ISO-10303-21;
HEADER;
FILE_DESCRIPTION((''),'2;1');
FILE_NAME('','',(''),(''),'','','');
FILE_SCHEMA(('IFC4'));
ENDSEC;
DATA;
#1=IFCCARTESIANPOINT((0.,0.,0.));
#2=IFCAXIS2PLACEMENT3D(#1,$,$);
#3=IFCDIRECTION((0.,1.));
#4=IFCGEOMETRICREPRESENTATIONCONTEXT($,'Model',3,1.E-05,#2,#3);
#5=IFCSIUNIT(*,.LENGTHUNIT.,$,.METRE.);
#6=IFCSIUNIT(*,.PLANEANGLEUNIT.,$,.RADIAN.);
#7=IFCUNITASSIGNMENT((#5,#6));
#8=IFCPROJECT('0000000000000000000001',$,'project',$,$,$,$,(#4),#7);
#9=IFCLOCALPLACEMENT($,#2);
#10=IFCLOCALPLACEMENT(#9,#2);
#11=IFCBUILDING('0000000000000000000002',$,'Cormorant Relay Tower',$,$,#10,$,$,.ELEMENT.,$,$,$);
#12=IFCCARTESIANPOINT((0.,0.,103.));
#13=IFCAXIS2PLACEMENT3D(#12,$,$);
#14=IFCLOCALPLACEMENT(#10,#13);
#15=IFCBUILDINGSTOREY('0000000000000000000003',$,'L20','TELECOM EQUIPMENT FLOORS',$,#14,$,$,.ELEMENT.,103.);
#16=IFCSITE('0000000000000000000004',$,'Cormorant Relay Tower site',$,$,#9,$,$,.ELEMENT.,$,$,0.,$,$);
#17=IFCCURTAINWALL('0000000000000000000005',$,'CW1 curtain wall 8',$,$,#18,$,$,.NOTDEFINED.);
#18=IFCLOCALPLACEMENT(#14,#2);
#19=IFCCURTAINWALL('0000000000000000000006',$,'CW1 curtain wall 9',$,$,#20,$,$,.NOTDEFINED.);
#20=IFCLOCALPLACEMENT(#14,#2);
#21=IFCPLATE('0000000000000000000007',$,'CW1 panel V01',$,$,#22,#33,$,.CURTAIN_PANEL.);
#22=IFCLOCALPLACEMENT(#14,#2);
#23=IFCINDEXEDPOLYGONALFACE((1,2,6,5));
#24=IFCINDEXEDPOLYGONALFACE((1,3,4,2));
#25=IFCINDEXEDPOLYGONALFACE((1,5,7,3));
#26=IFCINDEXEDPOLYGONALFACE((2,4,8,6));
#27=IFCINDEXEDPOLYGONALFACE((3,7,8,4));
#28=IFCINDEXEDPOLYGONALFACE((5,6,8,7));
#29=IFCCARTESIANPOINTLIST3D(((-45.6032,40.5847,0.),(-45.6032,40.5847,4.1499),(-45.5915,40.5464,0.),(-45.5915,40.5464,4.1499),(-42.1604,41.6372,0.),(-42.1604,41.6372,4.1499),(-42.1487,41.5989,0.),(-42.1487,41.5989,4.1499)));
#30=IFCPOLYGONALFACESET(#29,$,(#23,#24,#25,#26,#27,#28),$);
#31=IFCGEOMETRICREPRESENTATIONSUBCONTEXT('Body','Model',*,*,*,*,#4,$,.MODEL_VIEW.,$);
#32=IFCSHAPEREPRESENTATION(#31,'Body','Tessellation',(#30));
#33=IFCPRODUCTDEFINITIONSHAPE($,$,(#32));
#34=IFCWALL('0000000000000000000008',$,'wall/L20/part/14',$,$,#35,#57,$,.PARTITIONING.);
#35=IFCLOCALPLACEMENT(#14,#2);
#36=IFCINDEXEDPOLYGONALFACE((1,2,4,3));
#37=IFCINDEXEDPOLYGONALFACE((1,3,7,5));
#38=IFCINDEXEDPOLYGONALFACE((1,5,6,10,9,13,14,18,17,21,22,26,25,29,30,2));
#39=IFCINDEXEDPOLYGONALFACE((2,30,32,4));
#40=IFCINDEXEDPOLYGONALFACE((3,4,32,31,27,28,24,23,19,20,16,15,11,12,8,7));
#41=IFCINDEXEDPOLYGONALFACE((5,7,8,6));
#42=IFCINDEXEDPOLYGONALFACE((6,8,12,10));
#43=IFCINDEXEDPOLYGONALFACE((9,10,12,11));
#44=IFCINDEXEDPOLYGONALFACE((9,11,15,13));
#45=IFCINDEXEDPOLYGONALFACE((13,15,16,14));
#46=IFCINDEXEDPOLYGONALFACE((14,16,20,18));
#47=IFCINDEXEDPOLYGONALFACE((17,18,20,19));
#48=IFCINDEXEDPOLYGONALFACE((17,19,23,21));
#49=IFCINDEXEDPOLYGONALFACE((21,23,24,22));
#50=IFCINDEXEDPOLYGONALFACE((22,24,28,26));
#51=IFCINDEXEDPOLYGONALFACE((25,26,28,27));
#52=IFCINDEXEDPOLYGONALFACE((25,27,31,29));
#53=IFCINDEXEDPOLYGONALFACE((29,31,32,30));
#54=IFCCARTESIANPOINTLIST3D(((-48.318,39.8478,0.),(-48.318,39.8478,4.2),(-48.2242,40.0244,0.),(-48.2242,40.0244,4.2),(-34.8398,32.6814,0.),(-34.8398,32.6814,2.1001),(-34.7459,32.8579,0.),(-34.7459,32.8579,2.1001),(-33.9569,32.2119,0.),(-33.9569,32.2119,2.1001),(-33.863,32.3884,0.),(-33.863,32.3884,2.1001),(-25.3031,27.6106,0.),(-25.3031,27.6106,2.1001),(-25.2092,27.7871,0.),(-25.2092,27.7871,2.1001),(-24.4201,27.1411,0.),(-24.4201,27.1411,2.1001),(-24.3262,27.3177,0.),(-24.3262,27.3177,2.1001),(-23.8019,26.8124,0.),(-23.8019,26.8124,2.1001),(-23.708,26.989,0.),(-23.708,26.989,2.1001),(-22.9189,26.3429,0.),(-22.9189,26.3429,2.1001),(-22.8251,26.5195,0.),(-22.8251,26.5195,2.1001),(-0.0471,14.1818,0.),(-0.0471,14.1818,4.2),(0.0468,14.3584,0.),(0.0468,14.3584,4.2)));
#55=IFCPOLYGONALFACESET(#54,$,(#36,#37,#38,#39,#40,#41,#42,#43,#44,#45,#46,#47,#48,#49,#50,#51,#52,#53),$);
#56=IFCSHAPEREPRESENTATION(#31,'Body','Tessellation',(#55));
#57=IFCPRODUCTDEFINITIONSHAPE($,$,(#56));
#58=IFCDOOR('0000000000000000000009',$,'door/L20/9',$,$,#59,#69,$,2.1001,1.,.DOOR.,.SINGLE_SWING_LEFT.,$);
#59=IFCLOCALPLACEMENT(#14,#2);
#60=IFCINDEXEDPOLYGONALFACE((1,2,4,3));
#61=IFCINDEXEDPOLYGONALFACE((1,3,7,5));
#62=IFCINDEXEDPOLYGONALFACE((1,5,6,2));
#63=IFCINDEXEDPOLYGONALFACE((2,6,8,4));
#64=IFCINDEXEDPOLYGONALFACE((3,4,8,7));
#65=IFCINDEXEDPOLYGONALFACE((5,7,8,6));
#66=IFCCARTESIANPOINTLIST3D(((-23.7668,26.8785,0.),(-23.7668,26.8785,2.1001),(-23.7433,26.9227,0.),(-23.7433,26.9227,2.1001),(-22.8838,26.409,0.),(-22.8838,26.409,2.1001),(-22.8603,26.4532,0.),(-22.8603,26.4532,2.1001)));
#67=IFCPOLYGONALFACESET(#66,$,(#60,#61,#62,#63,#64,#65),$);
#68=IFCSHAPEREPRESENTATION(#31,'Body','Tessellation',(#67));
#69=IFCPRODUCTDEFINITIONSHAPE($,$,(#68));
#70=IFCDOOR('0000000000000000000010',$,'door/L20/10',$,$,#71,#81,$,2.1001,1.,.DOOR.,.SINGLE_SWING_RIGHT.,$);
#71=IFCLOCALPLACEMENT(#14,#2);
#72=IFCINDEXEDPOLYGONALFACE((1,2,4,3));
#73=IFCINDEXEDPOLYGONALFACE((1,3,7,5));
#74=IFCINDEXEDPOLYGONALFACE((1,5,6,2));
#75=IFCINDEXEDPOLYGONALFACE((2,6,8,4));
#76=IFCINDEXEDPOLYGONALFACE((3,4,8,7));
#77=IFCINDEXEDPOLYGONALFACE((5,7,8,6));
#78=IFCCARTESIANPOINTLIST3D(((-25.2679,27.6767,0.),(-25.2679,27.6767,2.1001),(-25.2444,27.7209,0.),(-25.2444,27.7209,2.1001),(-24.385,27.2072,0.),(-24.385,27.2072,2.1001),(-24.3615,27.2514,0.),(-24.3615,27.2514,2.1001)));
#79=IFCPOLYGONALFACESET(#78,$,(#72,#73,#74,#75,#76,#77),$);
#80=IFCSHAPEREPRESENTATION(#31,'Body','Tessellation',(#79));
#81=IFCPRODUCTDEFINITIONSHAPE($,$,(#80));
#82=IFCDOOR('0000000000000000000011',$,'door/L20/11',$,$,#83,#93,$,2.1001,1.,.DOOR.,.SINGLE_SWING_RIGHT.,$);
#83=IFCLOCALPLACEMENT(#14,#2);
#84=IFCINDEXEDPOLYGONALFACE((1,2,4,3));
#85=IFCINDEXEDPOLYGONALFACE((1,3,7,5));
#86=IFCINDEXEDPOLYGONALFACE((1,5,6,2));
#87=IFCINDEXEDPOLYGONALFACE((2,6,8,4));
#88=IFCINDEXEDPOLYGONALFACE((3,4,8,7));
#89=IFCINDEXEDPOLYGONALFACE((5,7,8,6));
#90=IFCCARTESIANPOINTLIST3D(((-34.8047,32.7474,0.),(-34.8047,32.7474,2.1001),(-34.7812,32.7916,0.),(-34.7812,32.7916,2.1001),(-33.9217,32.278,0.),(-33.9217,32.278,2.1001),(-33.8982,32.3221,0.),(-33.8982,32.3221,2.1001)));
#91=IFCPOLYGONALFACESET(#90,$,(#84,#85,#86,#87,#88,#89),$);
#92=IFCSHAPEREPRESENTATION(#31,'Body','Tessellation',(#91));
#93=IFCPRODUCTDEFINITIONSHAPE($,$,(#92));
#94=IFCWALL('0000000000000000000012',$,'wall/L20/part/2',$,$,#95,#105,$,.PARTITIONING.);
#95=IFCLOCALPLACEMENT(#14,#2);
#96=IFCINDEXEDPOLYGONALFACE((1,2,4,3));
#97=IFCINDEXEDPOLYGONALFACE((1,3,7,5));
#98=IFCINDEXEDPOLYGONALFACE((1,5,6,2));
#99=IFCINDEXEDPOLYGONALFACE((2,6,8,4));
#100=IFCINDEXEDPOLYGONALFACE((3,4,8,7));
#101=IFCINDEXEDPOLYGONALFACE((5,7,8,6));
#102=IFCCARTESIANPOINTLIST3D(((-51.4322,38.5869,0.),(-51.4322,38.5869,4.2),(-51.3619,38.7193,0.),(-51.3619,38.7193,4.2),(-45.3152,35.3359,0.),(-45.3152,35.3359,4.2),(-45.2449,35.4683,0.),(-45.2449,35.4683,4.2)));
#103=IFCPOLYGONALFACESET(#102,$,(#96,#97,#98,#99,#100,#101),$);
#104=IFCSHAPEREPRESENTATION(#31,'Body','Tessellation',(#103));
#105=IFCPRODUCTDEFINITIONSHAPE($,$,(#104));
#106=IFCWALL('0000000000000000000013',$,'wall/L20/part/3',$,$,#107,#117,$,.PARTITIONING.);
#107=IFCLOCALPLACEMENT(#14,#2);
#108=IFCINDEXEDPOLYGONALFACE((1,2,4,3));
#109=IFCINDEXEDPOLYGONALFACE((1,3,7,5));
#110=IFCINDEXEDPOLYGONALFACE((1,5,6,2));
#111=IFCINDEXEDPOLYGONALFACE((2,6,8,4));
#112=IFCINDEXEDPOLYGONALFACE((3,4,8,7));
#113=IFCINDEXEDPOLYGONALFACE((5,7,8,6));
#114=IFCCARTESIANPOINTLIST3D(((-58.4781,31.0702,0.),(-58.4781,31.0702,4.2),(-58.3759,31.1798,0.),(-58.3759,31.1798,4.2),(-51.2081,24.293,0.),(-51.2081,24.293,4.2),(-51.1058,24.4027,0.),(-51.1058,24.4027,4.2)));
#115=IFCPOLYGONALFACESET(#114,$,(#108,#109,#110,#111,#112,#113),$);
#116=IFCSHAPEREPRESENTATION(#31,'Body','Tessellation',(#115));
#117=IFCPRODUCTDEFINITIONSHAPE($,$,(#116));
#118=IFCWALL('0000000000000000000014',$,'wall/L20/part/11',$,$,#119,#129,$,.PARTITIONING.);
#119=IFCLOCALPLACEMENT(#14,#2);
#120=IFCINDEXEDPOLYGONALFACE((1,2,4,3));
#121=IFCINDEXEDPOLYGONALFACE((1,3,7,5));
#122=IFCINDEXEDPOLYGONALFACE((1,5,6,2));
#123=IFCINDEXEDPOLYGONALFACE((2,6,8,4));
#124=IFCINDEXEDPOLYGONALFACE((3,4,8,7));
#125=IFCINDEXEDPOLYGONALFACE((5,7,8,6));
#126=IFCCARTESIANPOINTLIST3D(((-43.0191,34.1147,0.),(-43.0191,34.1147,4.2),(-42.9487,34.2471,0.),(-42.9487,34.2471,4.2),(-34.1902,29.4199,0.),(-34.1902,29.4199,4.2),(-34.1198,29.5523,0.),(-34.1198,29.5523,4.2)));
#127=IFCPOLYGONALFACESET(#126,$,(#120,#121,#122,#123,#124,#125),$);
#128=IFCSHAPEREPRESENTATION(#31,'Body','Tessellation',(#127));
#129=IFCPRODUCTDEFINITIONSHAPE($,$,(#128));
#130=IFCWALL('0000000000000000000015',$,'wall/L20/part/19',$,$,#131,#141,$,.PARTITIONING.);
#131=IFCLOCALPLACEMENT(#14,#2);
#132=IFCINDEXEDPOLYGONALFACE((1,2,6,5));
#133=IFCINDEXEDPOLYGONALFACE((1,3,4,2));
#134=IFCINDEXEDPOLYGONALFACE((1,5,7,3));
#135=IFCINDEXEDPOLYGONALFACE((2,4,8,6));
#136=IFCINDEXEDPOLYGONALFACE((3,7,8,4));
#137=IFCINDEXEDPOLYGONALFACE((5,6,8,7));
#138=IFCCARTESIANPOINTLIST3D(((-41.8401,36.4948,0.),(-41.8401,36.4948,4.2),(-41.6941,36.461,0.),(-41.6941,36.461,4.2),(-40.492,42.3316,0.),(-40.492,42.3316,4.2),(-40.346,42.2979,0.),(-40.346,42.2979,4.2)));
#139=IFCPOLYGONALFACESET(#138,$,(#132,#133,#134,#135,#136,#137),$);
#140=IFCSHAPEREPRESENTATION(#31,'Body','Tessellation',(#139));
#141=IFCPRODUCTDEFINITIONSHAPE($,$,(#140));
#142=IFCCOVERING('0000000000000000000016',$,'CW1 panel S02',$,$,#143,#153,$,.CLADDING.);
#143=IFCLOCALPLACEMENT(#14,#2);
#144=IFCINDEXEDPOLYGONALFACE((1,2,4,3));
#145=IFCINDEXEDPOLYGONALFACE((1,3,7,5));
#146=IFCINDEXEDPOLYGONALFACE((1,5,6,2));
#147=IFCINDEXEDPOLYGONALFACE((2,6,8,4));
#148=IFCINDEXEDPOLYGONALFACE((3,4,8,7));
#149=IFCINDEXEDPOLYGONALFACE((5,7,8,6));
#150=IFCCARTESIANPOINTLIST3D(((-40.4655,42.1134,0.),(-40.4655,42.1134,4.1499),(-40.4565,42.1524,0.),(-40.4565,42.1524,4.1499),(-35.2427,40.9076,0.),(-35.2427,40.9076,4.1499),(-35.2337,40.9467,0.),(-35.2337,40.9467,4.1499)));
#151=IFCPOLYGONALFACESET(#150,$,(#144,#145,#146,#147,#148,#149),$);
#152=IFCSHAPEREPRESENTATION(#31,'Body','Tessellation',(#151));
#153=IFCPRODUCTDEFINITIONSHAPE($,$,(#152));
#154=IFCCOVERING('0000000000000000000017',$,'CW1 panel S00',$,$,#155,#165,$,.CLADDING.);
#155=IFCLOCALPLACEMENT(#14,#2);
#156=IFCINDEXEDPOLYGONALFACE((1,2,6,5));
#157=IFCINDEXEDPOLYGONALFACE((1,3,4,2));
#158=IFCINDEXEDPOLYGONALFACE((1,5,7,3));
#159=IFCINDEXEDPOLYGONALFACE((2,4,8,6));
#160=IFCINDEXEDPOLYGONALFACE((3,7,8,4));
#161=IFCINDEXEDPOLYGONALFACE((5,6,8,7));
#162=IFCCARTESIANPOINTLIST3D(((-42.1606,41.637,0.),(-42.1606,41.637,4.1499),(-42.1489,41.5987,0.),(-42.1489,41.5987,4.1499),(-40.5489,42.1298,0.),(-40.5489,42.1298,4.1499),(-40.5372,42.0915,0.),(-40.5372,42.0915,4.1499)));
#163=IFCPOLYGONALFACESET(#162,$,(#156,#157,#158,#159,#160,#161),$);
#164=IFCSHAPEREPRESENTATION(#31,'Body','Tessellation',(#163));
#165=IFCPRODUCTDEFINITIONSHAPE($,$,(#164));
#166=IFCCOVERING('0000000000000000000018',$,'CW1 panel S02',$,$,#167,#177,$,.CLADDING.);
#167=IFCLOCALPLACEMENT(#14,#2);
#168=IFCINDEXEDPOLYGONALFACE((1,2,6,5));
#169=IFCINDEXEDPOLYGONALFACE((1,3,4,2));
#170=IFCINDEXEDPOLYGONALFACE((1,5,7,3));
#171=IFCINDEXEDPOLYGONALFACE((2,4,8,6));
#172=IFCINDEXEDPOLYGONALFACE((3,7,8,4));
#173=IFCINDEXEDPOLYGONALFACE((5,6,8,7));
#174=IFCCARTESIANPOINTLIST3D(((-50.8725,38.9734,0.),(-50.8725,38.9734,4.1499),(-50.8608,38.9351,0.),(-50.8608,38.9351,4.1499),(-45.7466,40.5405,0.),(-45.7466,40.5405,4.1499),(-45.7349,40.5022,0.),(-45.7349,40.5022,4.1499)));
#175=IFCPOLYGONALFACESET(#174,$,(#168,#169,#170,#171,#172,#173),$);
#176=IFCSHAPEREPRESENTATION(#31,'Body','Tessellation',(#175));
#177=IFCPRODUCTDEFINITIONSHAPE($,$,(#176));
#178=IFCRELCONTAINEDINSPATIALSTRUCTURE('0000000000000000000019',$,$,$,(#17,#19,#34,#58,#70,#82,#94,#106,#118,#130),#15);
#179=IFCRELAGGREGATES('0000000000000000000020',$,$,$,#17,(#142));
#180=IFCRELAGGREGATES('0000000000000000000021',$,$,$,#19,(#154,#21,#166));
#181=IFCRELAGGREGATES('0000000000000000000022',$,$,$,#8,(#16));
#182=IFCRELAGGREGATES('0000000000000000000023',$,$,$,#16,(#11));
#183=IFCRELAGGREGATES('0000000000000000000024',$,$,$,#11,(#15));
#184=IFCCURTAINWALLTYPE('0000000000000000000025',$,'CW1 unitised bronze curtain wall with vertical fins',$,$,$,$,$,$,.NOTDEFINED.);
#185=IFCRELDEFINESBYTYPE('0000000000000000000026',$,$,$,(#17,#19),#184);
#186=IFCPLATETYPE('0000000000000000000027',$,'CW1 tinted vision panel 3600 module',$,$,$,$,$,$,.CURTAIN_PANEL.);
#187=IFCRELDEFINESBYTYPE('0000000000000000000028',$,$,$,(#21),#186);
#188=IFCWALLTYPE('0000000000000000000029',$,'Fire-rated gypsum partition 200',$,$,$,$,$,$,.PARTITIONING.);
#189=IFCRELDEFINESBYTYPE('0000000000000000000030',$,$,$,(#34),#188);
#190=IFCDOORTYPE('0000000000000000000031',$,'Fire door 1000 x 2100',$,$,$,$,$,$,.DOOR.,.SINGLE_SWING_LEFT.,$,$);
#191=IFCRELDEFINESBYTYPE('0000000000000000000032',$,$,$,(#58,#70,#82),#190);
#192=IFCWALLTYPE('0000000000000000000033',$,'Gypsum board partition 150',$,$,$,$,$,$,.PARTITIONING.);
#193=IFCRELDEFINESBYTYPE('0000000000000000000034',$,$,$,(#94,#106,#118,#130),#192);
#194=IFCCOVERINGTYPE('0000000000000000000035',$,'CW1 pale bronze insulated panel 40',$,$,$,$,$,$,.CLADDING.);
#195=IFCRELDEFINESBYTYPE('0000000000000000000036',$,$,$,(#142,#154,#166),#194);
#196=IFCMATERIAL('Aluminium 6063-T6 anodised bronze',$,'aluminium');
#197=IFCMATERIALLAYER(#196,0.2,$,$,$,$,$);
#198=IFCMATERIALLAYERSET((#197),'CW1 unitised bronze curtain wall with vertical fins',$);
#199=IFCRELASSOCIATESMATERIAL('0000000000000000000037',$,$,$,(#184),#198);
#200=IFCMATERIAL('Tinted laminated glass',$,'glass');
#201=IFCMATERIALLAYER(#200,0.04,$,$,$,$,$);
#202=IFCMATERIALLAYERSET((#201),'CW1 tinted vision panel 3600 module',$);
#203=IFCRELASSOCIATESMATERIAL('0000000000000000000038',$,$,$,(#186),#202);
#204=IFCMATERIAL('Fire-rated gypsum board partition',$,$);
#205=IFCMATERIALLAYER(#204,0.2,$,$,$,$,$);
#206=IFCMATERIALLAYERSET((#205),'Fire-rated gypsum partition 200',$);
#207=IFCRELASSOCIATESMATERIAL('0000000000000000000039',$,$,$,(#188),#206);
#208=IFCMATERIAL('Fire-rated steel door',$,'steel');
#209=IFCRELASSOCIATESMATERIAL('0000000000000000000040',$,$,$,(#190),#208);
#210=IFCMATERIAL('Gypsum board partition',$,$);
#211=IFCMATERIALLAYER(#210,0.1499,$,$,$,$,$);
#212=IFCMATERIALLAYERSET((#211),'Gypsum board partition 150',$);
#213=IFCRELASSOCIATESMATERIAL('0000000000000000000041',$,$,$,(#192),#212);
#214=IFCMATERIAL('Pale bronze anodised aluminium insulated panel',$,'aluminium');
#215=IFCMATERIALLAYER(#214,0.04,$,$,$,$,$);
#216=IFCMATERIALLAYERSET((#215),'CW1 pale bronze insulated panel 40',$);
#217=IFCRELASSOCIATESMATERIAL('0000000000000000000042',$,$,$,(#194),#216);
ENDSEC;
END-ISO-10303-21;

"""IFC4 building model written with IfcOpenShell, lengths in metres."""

from ifc_helpers import new_model, si_unit, direction, frame, frame_2d, origin, origin_2d, place, context, subcontext, project, spatial, rectangle, extrude, material, layer, layer_set, type_object, element, fill, aggregate, save


model = new_model("IFC4")

# Units and contexts
model_context = context("Model", 3, precision=1e-05, world=origin(), true_north=direction((0.0, 1.0)))
body_context = subcontext(model_context, "Body", "Model", "MODEL_VIEW")
ifc_project = project(units=[si_unit("LENGTHUNIT", "METRE"), si_unit("PLANEANGLEUNIT", "RADIAN")], contexts=[model_context])

# Site, building, storey
site_placement = place(None, origin())
site = spatial("IfcSite", under=ifc_project, at=site_placement, Name="Cormorant Relay Tower site", CompositionType="ELEMENT", RefElevation=0.0)
building_placement = place(site_placement, origin())
building = spatial("IfcBuilding", under=site, at=building_placement, Name="Cormorant Relay Tower", CompositionType="ELEMENT")
storey_placement = place(building_placement, frame((0.0, 0.0, 103.0)))
storey = spatial("IfcBuildingStorey", under=building, at=storey_placement, Name="L20", Description="TELECOM EQUIPMENT FLOORS", CompositionType="ELEMENT", Elevation=103.0)

# Curtain wall
ifc_material_1 = material(Name="Aluminium 6063-T6 anodised bronze", Category="aluminium")
ifc_layer_1 = layer(ifc_material_1, 0.2)
ifc_layer_set_1 = layer_set([ifc_layer_1], Name="CW1 unitised bronze curtain wall with vertical fins")
curtain_wall_type = type_object("IfcCurtainWallType", Name="CW1 unitised bronze curtain wall with vertical fins", PredefinedType="NOTDEFINED", material=ifc_layer_set_1)
curtain_wall_1_placement = place(storey_placement, origin())
curtain_wall_1 = element("IfcCurtainWall", 1, at=curtain_wall_1_placement, inside=storey, type_object=curtain_wall_type, Name="CW1 curtain wall 8", PredefinedType="NOTDEFINED")

# Curtain wall
curtain_wall_2_placement = place(storey_placement, origin())
curtain_wall_2 = element("IfcCurtainWall", 2, at=curtain_wall_2_placement, inside=storey, type_object=curtain_wall_type, Name="CW1 curtain wall 9", PredefinedType="NOTDEFINED")

# Plate
ifc_material_2 = material(Name="Tinted laminated glass", Category="glass")
ifc_layer_2 = layer(ifc_material_2, 0.04)
ifc_layer_set_2 = layer_set([ifc_layer_2], Name="CW1 tinted vision panel 3600 module")
plate_type_1 = type_object("IfcPlateType", Name="CW1 tinted vision panel 3600 module", PredefinedType="CURTAIN_PANEL", material=ifc_layer_set_2)
plate_1_placement = place(storey_placement, frame((-43.876, 41.0918, 0.0), z_axis=(0.0, 0.0, 1.0), x_axis=(-0.956305, -0.292372, 0.0)))
plate_1 = element("IfcPlate", 3, at=plate_1_placement, type_object=plate_type_1, Name="CW1 panel V01", PredefinedType="CURTAIN_PANEL", context=body_context, shape_type="SweptSolid", body=[
    extrude(rectangle(XDim=3.6001, YDim=0.04, at=origin_2d()), origin(), (0.0, 0.0, 1.0), 4.1499),
])

# Wall, openings, doors
ifc_material_3 = material(Name="Fire-rated gypsum board partition")
ifc_layer_3 = layer(ifc_material_3, 0.2)
ifc_layer_set_3 = layer_set([ifc_layer_3], Name="Fire-rated gypsum partition 200")
wall_type_1 = type_object("IfcWallType", Name="Fire-rated gypsum partition 200", PredefinedType="PARTITIONING", material=ifc_layer_set_3)
wall_1_placement = place(storey_placement, frame((-48.271, 39.936, 0.0), z_axis=(0.0, 0.0, 1.0), x_axis=(0.882949, -0.46947, 0.0)))
wall_1 = element("IfcWall", 4, at=wall_1_placement, inside=storey, type_object=wall_type_1, Name="wall/L20/part/14", PredefinedType="PARTITIONING", context=body_context, shape_type="SweptSolid", body=[
    extrude(rectangle(XDim=54.6702, YDim=0.2, at=frame_2d((27.335, 0.0))), origin(), (0.0, 0.0, 1.0), 4.2),
])
opening_1_placement = place(wall_1_placement, frame((27.7661, 0.0, 0.0)))
opening_1 = element("IfcOpeningElement", 5, at=opening_1_placement, cuts=wall_1, PredefinedType="OPENING", context=body_context, shape_type="SweptSolid", body=[
    extrude(rectangle(XDim=1.0, YDim=2.1001, at=frame_2d((0.5, 1.05))), frame((0.0, 0.1099, 0.0), z_axis=(0.0, -1.0, 0.0), x_axis=(1.0, 0.0, 0.0)), (0.0, 0.0, 1.0), 0.22),
])
opening_2_placement = place(wall_1_placement, frame((26.0659, 0.0, 0.0)))
opening_2 = element("IfcOpeningElement", 6, at=opening_2_placement, cuts=wall_1, PredefinedType="OPENING", context=body_context, shape_type="SweptSolid", body=[
    extrude(rectangle(XDim=1.0, YDim=2.1001, at=frame_2d((0.5, 1.05))), frame((0.0, 0.1099, 0.0), z_axis=(0.0, -1.0, 0.0), x_axis=(1.0, 0.0, 0.0)), (0.0, 0.0, 1.0), 0.22),
])
opening_3_placement = place(wall_1_placement, frame((15.2649, 0.0, 0.0)))
opening_3 = element("IfcOpeningElement", 7, at=opening_3_placement, cuts=wall_1, PredefinedType="OPENING", context=body_context, shape_type="SweptSolid", body=[
    extrude(rectangle(XDim=1.0, YDim=2.1001, at=frame_2d((0.5, 1.05))), frame((0.0, 0.1099, 0.0), z_axis=(0.0, -1.0, 0.0), x_axis=(1.0, 0.0, 0.0)), (0.0, 0.0, 1.0), 0.22),
])
ifc_material_4 = material(Name="Fire-rated steel door", Category="steel")
door_type = type_object("IfcDoorType", Name="Fire door 1000 x 2100", OperationType="SINGLE_SWING_LEFT", PredefinedType="DOOR", material=ifc_material_4)
door_1_placement = place(opening_1_placement, origin())
door_1 = element("IfcDoor", 8, at=door_1_placement, inside=storey, type_object=door_type, Name="door/L20/9", OperationType="SINGLE_SWING_LEFT", OverallHeight=2.1001, OverallWidth=1.0, PredefinedType="DOOR", context=body_context, shape_type="SweptSolid", body=[
    extrude(rectangle(XDim=1.0, YDim=2.1001, at=frame_2d((0.5, 1.05))), frame((0.0, 0.0249, 0.0), z_axis=(0.0, -1.0, 0.0), x_axis=(1.0, 0.0, 0.0)), (0.0, 0.0, 1.0), 0.05),
])
fill(opening_1, door_1)
door_2_placement = place(opening_2_placement, origin())
door_2 = element("IfcDoor", 9, at=door_2_placement, inside=storey, type_object=door_type, Name="door/L20/10", OperationType="SINGLE_SWING_RIGHT", OverallHeight=2.1001, OverallWidth=1.0, PredefinedType="DOOR", context=body_context, shape_type="SweptSolid", body=[
    extrude(rectangle(XDim=1.0, YDim=2.1001, at=frame_2d((0.5, 1.05))), frame((0.0, 0.0249, 0.0), z_axis=(0.0, -1.0, 0.0), x_axis=(1.0, 0.0, 0.0)), (0.0, 0.0, 1.0), 0.05),
])
fill(opening_2, door_2)
door_3_placement = place(opening_3_placement, origin())
door_3 = element("IfcDoor", 10, at=door_3_placement, inside=storey, type_object=door_type, Name="door/L20/11", OperationType="SINGLE_SWING_RIGHT", OverallHeight=2.1001, OverallWidth=1.0, PredefinedType="DOOR", context=body_context, shape_type="SweptSolid", body=[
    extrude(rectangle(XDim=1.0, YDim=2.1001, at=frame_2d((0.5, 1.05))), frame((0.0, 0.0249, 0.0), z_axis=(0.0, -1.0, 0.0), x_axis=(1.0, 0.0, 0.0)), (0.0, 0.0, 1.0), 0.05),
])
fill(opening_3, door_3)

# Walls
ifc_material_5 = material(Name="Gypsum board partition")
ifc_layer_4 = layer(ifc_material_5, 0.1499)
ifc_layer_set_4 = layer_set([ifc_layer_4], Name="Gypsum board partition 150")
wall_type_2 = type_object("IfcWallType", Name="Gypsum board partition 150", PredefinedType="PARTITIONING", material=ifc_layer_set_4)
wall_2_placement = place(storey_placement, frame((-45.28, 35.4021, 0.0), z_axis=(0.0, 0.0, 1.0), x_axis=(-0.883035, 0.469307, 0.0)))
element("IfcWall", 11, at=wall_2_placement, inside=storey, type_object=wall_type_2, Name="wall/L20/part/2", PredefinedType="PARTITIONING", context=body_context, shape_type="SweptSolid", body=[
    extrude(rectangle(XDim=6.9272, YDim=0.1499, at=frame_2d((3.4636, 0.0))), origin(), (0.0, 0.0, 1.0), 4.2),
])
wall_3_placement = place(storey_placement, frame((-58.427, 31.125, 0.0), z_axis=(0.0, 0.0, 1.0), x_axis=(0.731469, -0.681874, 0.0)))
element("IfcWall", 12, at=wall_3_placement, inside=storey, type_object=wall_type_2, Name="wall/L20/part/3", PredefinedType="PARTITIONING", context=body_context, shape_type="SweptSolid", body=[
    extrude(rectangle(XDim=9.939, YDim=0.1499, at=frame_2d((4.9695, 0.0))), origin(), (0.0, 0.0, 1.0), 4.2),
])
wall_4_placement = place(storey_placement, frame((-42.9839, 34.1809, 0.0), z_axis=(0.0, 0.0, 1.0), x_axis=(0.882929, -0.469506, 0.0)))
element("IfcWall", 13, at=wall_4_placement, inside=storey, type_object=wall_type_2, Name="wall/L20/part/11", PredefinedType="PARTITIONING", context=body_context, shape_type="SweptSolid", body=[
    extrude(rectangle(XDim=9.9995, YDim=0.1499, at=frame_2d((4.9998, 0.0))), origin(), (0.0, 0.0, 1.0), 4.2),
])
wall_5_placement = place(storey_placement, frame((-41.7671, 36.478, 0.0), z_axis=(0.0, 0.0, 1.0), x_axis=(0.225044, 0.974349, 0.0)))
element("IfcWall", 14, at=wall_5_placement, inside=storey, type_object=wall_type_2, Name="wall/L20/part/19", PredefinedType="PARTITIONING", context=body_context, shape_type="SweptSolid", body=[
    extrude(rectangle(XDim=5.9905, YDim=0.1499, at=frame_2d((2.9951, 0.0))), origin(), (0.0, 0.0, 1.0), 4.2),
])

# Coverings
ifc_material_6 = material(Name="Pale bronze anodised aluminium insulated panel", Category="aluminium")
ifc_layer_5 = layer(ifc_material_6, 0.04)
ifc_layer_set_5 = layer_set([ifc_layer_5], Name="CW1 pale bronze insulated panel 40")
covering_type = type_object("IfcCoveringType", Name="CW1 pale bronze insulated panel 40", PredefinedType="CLADDING", material=ifc_layer_set_5)
covering_1_placement = place(storey_placement, frame((-37.8496, 41.53, 0.0), z_axis=(0.0, 0.0, 1.0), x_axis=(-0.97437, 0.224951, 0.0)))
covering_1 = element("IfcCovering", 15, at=covering_1_placement, type_object=covering_type, Name="CW1 panel S02", PredefinedType="CLADDING", context=body_context, shape_type="SweptSolid", body=[
    extrude(rectangle(XDim=5.3601, YDim=0.04, at=origin_2d()), origin(), (0.0, 0.0, 1.0), 4.1499),
])
aggregate(curtain_wall_1, [covering_1])
covering_2_placement = place(storey_placement, frame((-41.3489, 41.8643, 0.0), z_axis=(0.0, 0.0, 1.0), x_axis=(-0.956305, -0.292372, 0.0)))
covering_2 = element("IfcCovering", 16, at=covering_2_placement, type_object=covering_type, Name="CW1 panel S00", PredefinedType="CLADDING", context=body_context, shape_type="SweptSolid", body=[
    extrude(rectangle(XDim=1.6853, YDim=0.04, at=origin_2d()), origin(), (0.0, 0.0, 1.0), 4.1499),
])
covering_3_placement = place(storey_placement, frame((-48.3037, 39.7378, 0.0), z_axis=(0.0, 0.0, 1.0), x_axis=(-0.956305, -0.292372, 0.0)))
covering_3 = element("IfcCovering", 17, at=covering_3_placement, type_object=covering_type, Name="CW1 panel S02", PredefinedType="CLADDING", context=body_context, shape_type="SweptSolid", body=[
    extrude(rectangle(XDim=5.3601, YDim=0.04, at=origin_2d()), origin(), (0.0, 0.0, 1.0), 4.1499),
])
aggregate(curtain_wall_2, [covering_2, plate_1, covering_3])

save(model, "model.ifc")
